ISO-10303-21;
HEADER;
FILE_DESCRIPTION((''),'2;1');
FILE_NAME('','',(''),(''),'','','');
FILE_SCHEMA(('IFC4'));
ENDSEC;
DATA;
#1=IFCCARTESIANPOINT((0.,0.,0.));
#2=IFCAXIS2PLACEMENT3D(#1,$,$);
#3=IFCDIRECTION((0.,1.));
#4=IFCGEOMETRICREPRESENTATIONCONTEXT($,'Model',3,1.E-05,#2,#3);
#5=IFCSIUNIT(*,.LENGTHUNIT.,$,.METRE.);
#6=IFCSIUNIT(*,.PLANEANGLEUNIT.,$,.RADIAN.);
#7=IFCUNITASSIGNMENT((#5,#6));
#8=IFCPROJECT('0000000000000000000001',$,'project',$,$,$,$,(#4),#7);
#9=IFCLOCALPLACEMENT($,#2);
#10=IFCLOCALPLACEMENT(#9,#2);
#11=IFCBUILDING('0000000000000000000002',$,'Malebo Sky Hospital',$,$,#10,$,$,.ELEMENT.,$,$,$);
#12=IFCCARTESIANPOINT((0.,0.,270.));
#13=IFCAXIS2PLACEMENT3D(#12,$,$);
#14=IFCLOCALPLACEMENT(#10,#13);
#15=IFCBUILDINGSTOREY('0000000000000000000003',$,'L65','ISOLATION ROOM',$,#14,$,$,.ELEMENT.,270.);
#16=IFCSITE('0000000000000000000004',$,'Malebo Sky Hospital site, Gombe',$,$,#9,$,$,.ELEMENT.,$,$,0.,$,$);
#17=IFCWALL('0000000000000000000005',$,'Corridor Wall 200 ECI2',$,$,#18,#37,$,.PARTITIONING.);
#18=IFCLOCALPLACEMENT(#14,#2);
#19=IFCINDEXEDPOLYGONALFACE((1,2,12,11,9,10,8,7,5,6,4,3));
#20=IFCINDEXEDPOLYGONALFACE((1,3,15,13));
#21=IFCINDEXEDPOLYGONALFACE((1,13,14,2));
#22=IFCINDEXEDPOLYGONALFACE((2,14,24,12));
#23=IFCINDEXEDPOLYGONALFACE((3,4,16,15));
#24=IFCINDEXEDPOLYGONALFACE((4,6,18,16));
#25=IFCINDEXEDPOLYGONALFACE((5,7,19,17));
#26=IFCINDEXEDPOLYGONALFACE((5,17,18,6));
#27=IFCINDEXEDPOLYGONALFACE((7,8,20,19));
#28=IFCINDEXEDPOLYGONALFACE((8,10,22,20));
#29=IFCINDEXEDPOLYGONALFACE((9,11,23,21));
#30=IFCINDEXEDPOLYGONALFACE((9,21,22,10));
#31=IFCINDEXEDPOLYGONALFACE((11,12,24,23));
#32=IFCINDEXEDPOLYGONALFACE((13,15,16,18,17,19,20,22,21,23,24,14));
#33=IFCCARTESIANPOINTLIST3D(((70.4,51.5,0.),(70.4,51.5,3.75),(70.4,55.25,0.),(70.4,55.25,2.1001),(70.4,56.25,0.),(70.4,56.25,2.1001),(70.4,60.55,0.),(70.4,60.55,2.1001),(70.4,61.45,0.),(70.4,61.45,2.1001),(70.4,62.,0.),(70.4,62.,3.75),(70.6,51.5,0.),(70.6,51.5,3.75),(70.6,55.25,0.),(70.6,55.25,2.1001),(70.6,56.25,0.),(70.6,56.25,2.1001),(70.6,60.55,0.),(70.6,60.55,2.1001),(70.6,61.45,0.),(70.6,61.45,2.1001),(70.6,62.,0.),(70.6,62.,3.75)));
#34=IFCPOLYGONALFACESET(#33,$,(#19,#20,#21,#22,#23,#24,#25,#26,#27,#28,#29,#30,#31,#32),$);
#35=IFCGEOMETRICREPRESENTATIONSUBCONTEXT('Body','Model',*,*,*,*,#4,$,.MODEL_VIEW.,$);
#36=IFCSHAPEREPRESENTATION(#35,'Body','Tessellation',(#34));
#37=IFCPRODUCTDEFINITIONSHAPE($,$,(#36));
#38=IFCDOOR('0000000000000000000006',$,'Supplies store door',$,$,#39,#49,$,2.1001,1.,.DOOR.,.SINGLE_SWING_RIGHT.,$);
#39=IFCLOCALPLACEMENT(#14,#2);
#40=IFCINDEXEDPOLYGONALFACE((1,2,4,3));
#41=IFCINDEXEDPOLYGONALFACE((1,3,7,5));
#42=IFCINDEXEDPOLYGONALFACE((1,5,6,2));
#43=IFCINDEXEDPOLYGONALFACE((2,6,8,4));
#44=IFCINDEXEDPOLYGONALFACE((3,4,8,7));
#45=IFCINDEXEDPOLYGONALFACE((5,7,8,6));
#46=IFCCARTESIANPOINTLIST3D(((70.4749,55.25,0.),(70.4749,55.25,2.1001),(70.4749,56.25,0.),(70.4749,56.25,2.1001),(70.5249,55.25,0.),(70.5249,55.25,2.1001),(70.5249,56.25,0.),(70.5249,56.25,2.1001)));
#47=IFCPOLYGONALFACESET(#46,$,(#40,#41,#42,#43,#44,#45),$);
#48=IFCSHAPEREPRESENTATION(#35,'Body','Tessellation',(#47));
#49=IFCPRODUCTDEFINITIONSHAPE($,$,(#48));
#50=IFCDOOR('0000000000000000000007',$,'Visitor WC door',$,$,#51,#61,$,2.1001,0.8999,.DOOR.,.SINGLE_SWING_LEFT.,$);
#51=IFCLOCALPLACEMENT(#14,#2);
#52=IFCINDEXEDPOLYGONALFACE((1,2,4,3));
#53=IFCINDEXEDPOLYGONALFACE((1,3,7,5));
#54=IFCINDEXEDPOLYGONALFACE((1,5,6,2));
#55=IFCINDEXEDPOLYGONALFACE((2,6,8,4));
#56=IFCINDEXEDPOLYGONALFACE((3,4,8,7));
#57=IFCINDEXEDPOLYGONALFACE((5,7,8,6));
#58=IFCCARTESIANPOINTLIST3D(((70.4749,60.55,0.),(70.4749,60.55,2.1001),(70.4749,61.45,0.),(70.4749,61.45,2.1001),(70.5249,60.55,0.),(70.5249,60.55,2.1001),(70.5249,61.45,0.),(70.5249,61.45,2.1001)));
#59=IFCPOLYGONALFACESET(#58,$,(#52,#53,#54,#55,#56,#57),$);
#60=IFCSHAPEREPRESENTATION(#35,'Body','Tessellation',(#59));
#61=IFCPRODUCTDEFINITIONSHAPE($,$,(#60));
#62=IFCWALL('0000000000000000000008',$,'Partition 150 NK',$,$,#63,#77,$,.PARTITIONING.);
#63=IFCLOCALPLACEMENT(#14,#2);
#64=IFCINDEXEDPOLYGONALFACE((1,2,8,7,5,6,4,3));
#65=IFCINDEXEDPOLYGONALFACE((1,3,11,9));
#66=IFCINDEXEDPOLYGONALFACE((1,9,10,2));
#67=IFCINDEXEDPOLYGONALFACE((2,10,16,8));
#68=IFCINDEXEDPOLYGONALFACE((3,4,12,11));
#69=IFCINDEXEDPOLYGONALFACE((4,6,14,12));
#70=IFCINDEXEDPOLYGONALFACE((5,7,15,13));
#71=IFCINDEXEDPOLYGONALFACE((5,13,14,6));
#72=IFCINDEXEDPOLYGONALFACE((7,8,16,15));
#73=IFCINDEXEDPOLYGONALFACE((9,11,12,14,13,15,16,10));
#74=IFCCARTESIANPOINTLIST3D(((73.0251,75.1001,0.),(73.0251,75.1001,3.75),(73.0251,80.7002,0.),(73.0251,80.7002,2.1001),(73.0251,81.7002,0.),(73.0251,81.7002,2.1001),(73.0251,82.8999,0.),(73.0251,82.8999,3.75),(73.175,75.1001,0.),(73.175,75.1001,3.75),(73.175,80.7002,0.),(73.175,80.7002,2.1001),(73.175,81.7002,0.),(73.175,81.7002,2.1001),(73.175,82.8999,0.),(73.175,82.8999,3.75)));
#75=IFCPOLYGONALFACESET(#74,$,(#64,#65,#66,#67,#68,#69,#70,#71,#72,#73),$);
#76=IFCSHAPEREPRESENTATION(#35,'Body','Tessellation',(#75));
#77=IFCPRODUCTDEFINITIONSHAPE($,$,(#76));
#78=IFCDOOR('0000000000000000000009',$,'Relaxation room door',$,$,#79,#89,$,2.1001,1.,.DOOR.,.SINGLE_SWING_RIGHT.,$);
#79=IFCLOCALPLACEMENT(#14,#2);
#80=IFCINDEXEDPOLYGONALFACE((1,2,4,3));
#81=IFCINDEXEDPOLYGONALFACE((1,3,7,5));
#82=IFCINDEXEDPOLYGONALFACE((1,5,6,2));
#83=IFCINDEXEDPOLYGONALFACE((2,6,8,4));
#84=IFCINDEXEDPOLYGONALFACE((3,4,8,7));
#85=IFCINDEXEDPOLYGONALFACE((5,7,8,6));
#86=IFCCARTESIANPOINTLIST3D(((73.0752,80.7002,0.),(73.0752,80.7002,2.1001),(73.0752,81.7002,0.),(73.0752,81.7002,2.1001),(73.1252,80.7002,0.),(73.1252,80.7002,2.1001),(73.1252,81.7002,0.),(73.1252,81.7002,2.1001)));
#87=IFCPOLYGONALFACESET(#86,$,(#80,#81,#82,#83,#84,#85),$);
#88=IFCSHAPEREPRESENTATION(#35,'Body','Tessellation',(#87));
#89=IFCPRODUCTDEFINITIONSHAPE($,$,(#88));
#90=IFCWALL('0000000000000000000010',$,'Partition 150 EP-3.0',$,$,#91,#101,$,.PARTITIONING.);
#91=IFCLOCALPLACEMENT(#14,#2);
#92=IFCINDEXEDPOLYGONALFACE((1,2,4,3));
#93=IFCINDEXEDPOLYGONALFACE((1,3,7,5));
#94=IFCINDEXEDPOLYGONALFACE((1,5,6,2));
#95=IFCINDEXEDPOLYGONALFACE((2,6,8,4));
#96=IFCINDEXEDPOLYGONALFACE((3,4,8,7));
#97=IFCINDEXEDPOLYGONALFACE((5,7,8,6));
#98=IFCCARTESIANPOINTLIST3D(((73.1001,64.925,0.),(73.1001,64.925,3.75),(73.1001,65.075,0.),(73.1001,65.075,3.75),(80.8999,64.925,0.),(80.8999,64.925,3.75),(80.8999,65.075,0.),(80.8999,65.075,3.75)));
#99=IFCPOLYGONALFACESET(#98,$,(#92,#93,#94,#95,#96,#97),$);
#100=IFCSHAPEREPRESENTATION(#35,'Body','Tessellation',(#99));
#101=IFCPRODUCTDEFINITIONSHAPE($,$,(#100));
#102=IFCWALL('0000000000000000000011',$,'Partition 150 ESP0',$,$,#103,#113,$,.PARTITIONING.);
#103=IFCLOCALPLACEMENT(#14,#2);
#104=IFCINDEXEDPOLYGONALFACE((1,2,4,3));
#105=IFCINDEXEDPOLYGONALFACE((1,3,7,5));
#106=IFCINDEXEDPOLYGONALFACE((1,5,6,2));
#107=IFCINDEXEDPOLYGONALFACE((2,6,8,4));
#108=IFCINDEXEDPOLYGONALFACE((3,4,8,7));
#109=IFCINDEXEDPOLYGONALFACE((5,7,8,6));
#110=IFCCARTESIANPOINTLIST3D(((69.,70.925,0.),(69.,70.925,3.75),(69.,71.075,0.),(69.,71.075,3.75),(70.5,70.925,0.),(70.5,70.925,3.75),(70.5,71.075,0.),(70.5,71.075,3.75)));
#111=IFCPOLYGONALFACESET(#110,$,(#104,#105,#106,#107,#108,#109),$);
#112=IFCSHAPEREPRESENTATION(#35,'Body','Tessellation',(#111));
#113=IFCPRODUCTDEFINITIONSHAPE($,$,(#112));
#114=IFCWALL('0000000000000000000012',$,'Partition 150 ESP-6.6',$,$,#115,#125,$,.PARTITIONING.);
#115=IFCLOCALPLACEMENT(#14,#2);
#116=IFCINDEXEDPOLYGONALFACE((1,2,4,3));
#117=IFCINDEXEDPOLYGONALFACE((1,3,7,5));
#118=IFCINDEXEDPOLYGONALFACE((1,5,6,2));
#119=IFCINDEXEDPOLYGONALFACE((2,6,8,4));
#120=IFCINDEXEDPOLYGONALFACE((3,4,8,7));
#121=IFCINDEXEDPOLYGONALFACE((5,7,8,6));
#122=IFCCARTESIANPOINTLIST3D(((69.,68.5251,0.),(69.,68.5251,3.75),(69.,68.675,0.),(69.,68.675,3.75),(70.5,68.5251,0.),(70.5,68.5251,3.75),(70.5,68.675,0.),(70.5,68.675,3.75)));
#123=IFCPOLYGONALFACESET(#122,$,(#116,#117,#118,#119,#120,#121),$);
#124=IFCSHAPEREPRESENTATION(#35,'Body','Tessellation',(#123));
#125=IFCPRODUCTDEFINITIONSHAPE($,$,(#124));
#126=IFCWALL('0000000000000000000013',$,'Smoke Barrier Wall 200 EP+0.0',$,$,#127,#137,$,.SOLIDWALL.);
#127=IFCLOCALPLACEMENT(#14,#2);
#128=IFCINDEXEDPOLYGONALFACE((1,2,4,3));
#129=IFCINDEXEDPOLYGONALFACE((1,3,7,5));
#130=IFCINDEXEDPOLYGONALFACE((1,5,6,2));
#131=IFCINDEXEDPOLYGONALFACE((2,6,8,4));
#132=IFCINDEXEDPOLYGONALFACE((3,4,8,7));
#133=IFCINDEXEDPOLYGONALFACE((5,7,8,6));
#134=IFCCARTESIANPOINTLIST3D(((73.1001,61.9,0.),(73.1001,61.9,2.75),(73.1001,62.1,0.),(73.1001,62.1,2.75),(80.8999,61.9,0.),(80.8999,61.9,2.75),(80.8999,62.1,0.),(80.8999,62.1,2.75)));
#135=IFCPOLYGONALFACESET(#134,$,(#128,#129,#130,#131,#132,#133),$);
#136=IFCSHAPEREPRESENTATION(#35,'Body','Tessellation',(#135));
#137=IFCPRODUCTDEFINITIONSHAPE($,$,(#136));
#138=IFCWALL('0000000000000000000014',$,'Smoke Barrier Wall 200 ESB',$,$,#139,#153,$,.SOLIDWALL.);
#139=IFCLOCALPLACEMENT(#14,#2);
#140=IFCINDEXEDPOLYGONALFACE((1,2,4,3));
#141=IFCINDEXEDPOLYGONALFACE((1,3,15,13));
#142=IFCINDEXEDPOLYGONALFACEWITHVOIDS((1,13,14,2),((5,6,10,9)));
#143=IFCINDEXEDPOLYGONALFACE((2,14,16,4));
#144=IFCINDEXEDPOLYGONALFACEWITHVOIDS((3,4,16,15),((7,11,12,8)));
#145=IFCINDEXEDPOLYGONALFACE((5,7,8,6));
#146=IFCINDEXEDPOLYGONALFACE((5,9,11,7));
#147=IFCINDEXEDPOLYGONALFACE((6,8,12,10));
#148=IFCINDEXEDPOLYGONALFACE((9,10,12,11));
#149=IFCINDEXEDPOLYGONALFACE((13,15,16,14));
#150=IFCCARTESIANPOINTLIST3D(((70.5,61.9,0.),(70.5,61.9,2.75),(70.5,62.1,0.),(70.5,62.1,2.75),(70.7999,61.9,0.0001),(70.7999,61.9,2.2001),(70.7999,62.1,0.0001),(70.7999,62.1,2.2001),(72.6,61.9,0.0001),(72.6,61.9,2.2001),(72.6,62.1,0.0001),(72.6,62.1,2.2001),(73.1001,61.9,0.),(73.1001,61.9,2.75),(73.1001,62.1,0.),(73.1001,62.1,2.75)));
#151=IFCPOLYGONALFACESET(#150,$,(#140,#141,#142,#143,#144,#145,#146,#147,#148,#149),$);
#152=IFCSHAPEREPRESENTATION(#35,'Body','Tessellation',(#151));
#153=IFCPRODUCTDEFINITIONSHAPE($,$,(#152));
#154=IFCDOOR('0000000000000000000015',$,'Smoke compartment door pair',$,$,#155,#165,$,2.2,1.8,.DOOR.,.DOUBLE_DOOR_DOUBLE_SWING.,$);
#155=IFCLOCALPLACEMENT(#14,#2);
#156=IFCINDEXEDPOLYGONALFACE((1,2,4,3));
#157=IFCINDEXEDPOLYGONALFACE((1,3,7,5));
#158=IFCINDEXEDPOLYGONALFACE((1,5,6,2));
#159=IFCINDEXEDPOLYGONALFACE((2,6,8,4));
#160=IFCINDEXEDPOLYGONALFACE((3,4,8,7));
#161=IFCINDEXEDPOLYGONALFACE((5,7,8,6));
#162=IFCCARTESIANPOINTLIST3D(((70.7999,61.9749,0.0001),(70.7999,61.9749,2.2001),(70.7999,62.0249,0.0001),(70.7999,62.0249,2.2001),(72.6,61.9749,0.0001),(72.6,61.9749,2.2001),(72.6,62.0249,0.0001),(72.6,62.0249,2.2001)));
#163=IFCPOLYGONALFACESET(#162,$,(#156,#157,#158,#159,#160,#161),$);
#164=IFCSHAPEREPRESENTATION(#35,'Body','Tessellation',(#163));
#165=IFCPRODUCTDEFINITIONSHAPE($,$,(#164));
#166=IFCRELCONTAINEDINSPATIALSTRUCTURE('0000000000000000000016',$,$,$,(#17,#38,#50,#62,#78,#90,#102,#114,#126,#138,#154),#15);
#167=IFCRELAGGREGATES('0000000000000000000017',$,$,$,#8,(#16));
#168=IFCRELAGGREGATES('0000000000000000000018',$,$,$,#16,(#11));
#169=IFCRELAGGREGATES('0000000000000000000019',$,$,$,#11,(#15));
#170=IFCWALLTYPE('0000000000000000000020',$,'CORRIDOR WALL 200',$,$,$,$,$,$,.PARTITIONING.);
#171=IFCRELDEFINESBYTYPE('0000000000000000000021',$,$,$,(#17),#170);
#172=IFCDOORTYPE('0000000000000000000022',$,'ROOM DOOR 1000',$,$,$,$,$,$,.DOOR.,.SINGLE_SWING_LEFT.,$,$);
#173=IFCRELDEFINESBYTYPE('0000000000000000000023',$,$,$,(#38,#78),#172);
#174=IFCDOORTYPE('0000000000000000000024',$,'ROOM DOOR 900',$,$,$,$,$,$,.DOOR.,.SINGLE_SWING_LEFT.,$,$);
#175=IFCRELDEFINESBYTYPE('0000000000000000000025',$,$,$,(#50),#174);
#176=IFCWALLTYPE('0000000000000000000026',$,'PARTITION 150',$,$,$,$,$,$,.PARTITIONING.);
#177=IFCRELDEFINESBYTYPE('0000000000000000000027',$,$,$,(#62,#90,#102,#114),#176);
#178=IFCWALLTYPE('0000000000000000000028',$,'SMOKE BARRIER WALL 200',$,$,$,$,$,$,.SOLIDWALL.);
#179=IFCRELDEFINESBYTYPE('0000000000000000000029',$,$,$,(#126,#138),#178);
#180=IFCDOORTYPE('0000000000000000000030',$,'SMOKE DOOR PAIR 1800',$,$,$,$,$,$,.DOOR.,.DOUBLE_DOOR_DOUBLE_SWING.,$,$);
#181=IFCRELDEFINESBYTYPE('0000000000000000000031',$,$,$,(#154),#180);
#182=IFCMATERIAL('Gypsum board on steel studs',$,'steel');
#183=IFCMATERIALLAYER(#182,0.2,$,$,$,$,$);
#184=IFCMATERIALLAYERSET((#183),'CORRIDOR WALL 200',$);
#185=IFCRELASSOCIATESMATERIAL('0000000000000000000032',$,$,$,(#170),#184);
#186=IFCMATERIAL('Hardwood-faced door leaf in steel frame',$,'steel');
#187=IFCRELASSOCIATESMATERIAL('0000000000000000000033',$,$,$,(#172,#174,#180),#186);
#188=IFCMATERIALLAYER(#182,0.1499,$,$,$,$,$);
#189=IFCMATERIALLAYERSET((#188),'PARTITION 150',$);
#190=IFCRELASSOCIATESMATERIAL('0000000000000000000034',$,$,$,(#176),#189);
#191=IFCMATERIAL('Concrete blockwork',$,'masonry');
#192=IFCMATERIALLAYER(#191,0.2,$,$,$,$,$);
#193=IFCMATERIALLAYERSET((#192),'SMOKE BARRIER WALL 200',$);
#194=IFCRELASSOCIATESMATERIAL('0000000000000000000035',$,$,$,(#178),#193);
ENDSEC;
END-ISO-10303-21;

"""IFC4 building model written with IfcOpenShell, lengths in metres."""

from ifc_helpers import new_model, si_unit, direction, frame, frame_2d, origin, place, context, subcontext, project, spatial, rectangle, extrude, material, layer, layer_set, type_object, element, fill, save


model = new_model("IFC4")

# Units and contexts
model_context = context("Model", 3, precision=1e-05, world=origin(), true_north=direction((0.0, 1.0)))
body_context = subcontext(model_context, "Body", "Model", "MODEL_VIEW")
ifc_project = project(units=[si_unit("LENGTHUNIT", "METRE"), si_unit("PLANEANGLEUNIT", "RADIAN")], contexts=[model_context])

# Site, building, storey
site_placement = place(None, origin())
site = spatial("IfcSite", under=ifc_project, at=site_placement, Name="Malebo Sky Hospital site, Gombe", CompositionType="ELEMENT", RefElevation=0.0)
building_placement = place(site_placement, origin())
building = spatial("IfcBuilding", under=site, at=building_placement, Name="Malebo Sky Hospital", CompositionType="ELEMENT")
storey_placement = place(building_placement, frame((0.0, 0.0, 270.0)))
storey = spatial("IfcBuildingStorey", under=building, at=storey_placement, Name="L65", Description="ISOLATION ROOM", CompositionType="ELEMENT", Elevation=270.0)

# Wall, openings, doors
ifc_material_1 = material(Name="Gypsum board on steel studs", Category="steel")
ifc_layer_1 = layer(ifc_material_1, 0.2)
ifc_layer_set_1 = layer_set([ifc_layer_1], Name="CORRIDOR WALL 200")
wall_type_1 = type_object("IfcWallType", Name="CORRIDOR WALL 200", PredefinedType="PARTITIONING", material=ifc_layer_set_1)
ifc_material_2 = material(Name="Hardwood-faced door leaf in steel frame", Category="steel")
door_type_1 = type_object("IfcDoorType", Name="ROOM DOOR 1000", OperationType="SINGLE_SWING_LEFT", PredefinedType="DOOR", material=ifc_material_2)
door_type_2 = type_object("IfcDoorType", Name="ROOM DOOR 900", OperationType="SINGLE_SWING_LEFT", PredefinedType="DOOR", material=ifc_material_2)
wall_1_placement = place(storey_placement, frame((70.5, 62.0, 0.0), z_axis=(0.0, 0.0, 1.0), x_axis=(0.0, -1.0, 0.0)))
wall_1 = element("IfcWall", 1, at=wall_1_placement, inside=storey, type_object=wall_type_1, Name="Corridor Wall 200 ECI2", PredefinedType="PARTITIONING", context=body_context, shape_type="SweptSolid", body=[
    extrude(rectangle(XDim=10.5, YDim=0.2, at=frame_2d((5.25, 0.0))), origin(), (0.0, 0.0, 1.0), 3.75),
])
opening_1_placement = place(wall_1_placement, frame((0.55, 0.0, 0.0)))
opening_1 = element("IfcOpeningElement", 2, at=opening_1_placement, cuts=wall_1, PredefinedType="OPENING", context=body_context, shape_type="SweptSolid", body=[
    extrude(rectangle(XDim=0.8999, YDim=2.1001, at=frame_2d((0.45, 1.05))), frame((0.0, 0.1099, 0.0), z_axis=(0.0, -1.0, 0.0), x_axis=(1.0, 0.0, 0.0)), (0.0, 0.0, 1.0), 0.22),
])
opening_2_placement = place(wall_1_placement, frame((5.75, 0.0, 0.0)))
opening_2 = element("IfcOpeningElement", 3, at=opening_2_placement, cuts=wall_1, PredefinedType="OPENING", context=body_context, shape_type="SweptSolid", body=[
    extrude(rectangle(XDim=1.0, YDim=2.1001, at=frame_2d((0.5, 1.05))), frame((0.0, 0.1099, 0.0), z_axis=(0.0, -1.0, 0.0), x_axis=(1.0, 0.0, 0.0)), (0.0, 0.0, 1.0), 0.22),
])
door_1_placement = place(opening_2_placement, origin())
door_1 = element("IfcDoor", 4, at=door_1_placement, inside=storey, type_object=door_type_1, Name="Supplies store door", OperationType="SINGLE_SWING_RIGHT", OverallHeight=2.1001, OverallWidth=1.0, PredefinedType="DOOR", context=body_context, shape_type="SweptSolid", body=[
    extrude(rectangle(XDim=1.0, YDim=2.1001, at=frame_2d((0.5, 1.05))), frame((0.0, 0.0249, 0.0), z_axis=(0.0, -1.0, 0.0), x_axis=(1.0, 0.0, 0.0)), (0.0, 0.0, 1.0), 0.05),
])
fill(opening_2, door_1)
door_2_placement = place(opening_1_placement, origin())
door_2 = element("IfcDoor", 5, at=door_2_placement, inside=storey, type_object=door_type_2, Name="Visitor WC door", OperationType="SINGLE_SWING_LEFT", OverallHeight=2.1001, OverallWidth=0.8999, PredefinedType="DOOR", context=body_context, shape_type="SweptSolid", body=[
    extrude(rectangle(XDim=0.8999, YDim=2.1001, at=frame_2d((0.45, 1.05))), frame((0.0, 0.0249, 0.0), z_axis=(0.0, -1.0, 0.0), x_axis=(1.0, 0.0, 0.0)), (0.0, 0.0, 1.0), 0.05),
])
fill(opening_1, door_2)

# Wall, opening, door
ifc_layer_2 = layer(ifc_material_1, 0.1499)
ifc_layer_set_2 = layer_set([ifc_layer_2], Name="PARTITION 150")
wall_type_2 = type_object("IfcWallType", Name="PARTITION 150", PredefinedType="PARTITIONING", material=ifc_layer_set_2)
wall_2_placement = place(storey_placement, frame((73.1001, 75.1001, 0.0), z_axis=(0.0, 0.0, 1.0), x_axis=(0.0, 1.0, 0.0)))
wall_2 = element("IfcWall", 6, at=wall_2_placement, inside=storey, type_object=wall_type_2, Name="Partition 150 NK", PredefinedType="PARTITIONING", context=body_context, shape_type="SweptSolid", body=[
    extrude(rectangle(XDim=7.7998, YDim=0.1499, at=frame_2d((3.8999, 0.0))), origin(), (0.0, 0.0, 1.0), 3.75),
])
opening_3_placement = place(wall_2_placement, frame((5.6001, 0.0, 0.0)))
opening_3 = element("IfcOpeningElement", 7, at=opening_3_placement, cuts=wall_2, PredefinedType="OPENING", context=body_context, shape_type="SweptSolid", body=[
    extrude(rectangle(XDim=1.0, YDim=2.1001, at=frame_2d((0.5, 1.05))), frame((0.0, 0.085, 0.0), z_axis=(0.0, -1.0, 0.0), x_axis=(1.0, 0.0, 0.0)), (0.0, 0.0, 1.0), 0.1699),
])
door_3_placement = place(opening_3_placement, origin())
door_3 = element("IfcDoor", 8, at=door_3_placement, inside=storey, type_object=door_type_1, Name="Relaxation room door", OperationType="SINGLE_SWING_RIGHT", OverallHeight=2.1001, OverallWidth=1.0, PredefinedType="DOOR", context=body_context, shape_type="SweptSolid", body=[
    extrude(rectangle(XDim=1.0, YDim=2.1001, at=frame_2d((0.5, 1.05))), frame((0.0, 0.0249, 0.0), z_axis=(0.0, -1.0, 0.0), x_axis=(1.0, 0.0, 0.0)), (0.0, 0.0, 1.0), 0.05),
])
fill(opening_3, door_3)

# Walls
wall_3_placement = place(storey_placement, frame((73.1001, 65.0, 0.0), z_axis=(0.0, 0.0, 1.0), x_axis=(1.0, 0.0, 0.0)))
element("IfcWall", 9, at=wall_3_placement, inside=storey, type_object=wall_type_2, Name="Partition 150 EP-3.0", PredefinedType="PARTITIONING", context=body_context, shape_type="SweptSolid", body=[
    extrude(rectangle(XDim=7.7998, YDim=0.1499, at=frame_2d((3.8999, 0.0))), origin(), (0.0, 0.0, 1.0), 3.75),
])
for number, where, z_axis, x_axis, name in (
    (10, (69.0, 71.0, 0.0), (0.0, 0.0, 1.0), (1.0, 0.0, 0.0), "Partition 150 ESP0"),
    (11, (69.0, 68.6001, 0.0), (0.0, 0.0, 1.0), (1.0, 0.0, 0.0), "Partition 150 ESP-6.6"),
):
    element("IfcWall", number, at=place(storey_placement, frame(where, z_axis=z_axis, x_axis=x_axis)), inside=storey, type_object=wall_type_2, Name=name, PredefinedType="PARTITIONING", context=body_context, shape_type="SweptSolid", body=[
        extrude(rectangle(XDim=1.5, YDim=0.1499, at=frame_2d((0.75, 0.0))), origin(), (0.0, 0.0, 1.0), 3.75),
    ])
ifc_material_3 = material(Name="Concrete blockwork", Category="masonry")
ifc_layer_3 = layer(ifc_material_3, 0.2)
ifc_layer_set_3 = layer_set([ifc_layer_3], Name="SMOKE BARRIER WALL 200")
wall_type_3 = type_object("IfcWallType", Name="SMOKE BARRIER WALL 200", PredefinedType="SOLIDWALL", material=ifc_layer_set_3)
wall_4_placement = place(storey_placement, frame((73.1001, 62.0, 0.0), z_axis=(0.0, 0.0, 1.0), x_axis=(1.0, 0.0, 0.0)))
element("IfcWall", 12, at=wall_4_placement, inside=storey, type_object=wall_type_3, Name="Smoke Barrier Wall 200 EP+0.0", PredefinedType="SOLIDWALL", context=body_context, shape_type="SweptSolid", body=[
    extrude(rectangle(XDim=7.7998, YDim=0.2, at=frame_2d((3.8999, 0.0))), origin(), (0.0, 0.0, 1.0), 2.75),
])

# Wall, opening, door
wall_5_placement = place(storey_placement, frame((70.5, 62.0, 0.0), z_axis=(0.0, 0.0, 1.0), x_axis=(1.0, 0.0, 0.0)))
wall_5 = element("IfcWall", 13, at=wall_5_placement, inside=storey, type_object=wall_type_3, Name="Smoke Barrier Wall 200 ESB", PredefinedType="SOLIDWALL", context=body_context, shape_type="SweptSolid", body=[
    extrude(rectangle(XDim=2.6001, YDim=0.2, at=frame_2d((1.3, 0.0))), origin(), (0.0, 0.0, 1.0), 2.75),
])
opening_4_placement = place(wall_5_placement, frame((0.3, 0.0, 0.0)))
opening_4 = element("IfcOpeningElement", 14, at=opening_4_placement, cuts=wall_5, PredefinedType="OPENING", context=body_context, shape_type="SweptSolid", body=[
    extrude(rectangle(XDim=1.8, YDim=2.2, at=frame_2d((0.8999, 1.1001))), frame((0.0, 0.1099, 0.0), z_axis=(0.0, -1.0, 0.0), x_axis=(1.0, 0.0, 0.0)), (0.0, 0.0, 1.0), 0.22),
])
door_type_3 = type_object("IfcDoorType", Name="SMOKE DOOR PAIR 1800", OperationType="DOUBLE_DOOR_DOUBLE_SWING", PredefinedType="DOOR", material=ifc_material_2)
door_4_placement = place(opening_4_placement, origin())
door_4 = element("IfcDoor", 15, at=door_4_placement, inside=storey, type_object=door_type_3, Name="Smoke compartment door pair", OperationType="DOUBLE_DOOR_DOUBLE_SWING", OverallHeight=2.2, OverallWidth=1.8, PredefinedType="DOOR", context=body_context, shape_type="SweptSolid", body=[
    extrude(rectangle(XDim=1.8, YDim=2.2, at=frame_2d((0.8999, 1.1001))), frame((0.0, 0.0249, 0.0), z_axis=(0.0, -1.0, 0.0), x_axis=(1.0, 0.0, 0.0)), (0.0, 0.0, 1.0), 0.05),
])
fill(opening_4, door_4)

save(model, "model.ifc")
